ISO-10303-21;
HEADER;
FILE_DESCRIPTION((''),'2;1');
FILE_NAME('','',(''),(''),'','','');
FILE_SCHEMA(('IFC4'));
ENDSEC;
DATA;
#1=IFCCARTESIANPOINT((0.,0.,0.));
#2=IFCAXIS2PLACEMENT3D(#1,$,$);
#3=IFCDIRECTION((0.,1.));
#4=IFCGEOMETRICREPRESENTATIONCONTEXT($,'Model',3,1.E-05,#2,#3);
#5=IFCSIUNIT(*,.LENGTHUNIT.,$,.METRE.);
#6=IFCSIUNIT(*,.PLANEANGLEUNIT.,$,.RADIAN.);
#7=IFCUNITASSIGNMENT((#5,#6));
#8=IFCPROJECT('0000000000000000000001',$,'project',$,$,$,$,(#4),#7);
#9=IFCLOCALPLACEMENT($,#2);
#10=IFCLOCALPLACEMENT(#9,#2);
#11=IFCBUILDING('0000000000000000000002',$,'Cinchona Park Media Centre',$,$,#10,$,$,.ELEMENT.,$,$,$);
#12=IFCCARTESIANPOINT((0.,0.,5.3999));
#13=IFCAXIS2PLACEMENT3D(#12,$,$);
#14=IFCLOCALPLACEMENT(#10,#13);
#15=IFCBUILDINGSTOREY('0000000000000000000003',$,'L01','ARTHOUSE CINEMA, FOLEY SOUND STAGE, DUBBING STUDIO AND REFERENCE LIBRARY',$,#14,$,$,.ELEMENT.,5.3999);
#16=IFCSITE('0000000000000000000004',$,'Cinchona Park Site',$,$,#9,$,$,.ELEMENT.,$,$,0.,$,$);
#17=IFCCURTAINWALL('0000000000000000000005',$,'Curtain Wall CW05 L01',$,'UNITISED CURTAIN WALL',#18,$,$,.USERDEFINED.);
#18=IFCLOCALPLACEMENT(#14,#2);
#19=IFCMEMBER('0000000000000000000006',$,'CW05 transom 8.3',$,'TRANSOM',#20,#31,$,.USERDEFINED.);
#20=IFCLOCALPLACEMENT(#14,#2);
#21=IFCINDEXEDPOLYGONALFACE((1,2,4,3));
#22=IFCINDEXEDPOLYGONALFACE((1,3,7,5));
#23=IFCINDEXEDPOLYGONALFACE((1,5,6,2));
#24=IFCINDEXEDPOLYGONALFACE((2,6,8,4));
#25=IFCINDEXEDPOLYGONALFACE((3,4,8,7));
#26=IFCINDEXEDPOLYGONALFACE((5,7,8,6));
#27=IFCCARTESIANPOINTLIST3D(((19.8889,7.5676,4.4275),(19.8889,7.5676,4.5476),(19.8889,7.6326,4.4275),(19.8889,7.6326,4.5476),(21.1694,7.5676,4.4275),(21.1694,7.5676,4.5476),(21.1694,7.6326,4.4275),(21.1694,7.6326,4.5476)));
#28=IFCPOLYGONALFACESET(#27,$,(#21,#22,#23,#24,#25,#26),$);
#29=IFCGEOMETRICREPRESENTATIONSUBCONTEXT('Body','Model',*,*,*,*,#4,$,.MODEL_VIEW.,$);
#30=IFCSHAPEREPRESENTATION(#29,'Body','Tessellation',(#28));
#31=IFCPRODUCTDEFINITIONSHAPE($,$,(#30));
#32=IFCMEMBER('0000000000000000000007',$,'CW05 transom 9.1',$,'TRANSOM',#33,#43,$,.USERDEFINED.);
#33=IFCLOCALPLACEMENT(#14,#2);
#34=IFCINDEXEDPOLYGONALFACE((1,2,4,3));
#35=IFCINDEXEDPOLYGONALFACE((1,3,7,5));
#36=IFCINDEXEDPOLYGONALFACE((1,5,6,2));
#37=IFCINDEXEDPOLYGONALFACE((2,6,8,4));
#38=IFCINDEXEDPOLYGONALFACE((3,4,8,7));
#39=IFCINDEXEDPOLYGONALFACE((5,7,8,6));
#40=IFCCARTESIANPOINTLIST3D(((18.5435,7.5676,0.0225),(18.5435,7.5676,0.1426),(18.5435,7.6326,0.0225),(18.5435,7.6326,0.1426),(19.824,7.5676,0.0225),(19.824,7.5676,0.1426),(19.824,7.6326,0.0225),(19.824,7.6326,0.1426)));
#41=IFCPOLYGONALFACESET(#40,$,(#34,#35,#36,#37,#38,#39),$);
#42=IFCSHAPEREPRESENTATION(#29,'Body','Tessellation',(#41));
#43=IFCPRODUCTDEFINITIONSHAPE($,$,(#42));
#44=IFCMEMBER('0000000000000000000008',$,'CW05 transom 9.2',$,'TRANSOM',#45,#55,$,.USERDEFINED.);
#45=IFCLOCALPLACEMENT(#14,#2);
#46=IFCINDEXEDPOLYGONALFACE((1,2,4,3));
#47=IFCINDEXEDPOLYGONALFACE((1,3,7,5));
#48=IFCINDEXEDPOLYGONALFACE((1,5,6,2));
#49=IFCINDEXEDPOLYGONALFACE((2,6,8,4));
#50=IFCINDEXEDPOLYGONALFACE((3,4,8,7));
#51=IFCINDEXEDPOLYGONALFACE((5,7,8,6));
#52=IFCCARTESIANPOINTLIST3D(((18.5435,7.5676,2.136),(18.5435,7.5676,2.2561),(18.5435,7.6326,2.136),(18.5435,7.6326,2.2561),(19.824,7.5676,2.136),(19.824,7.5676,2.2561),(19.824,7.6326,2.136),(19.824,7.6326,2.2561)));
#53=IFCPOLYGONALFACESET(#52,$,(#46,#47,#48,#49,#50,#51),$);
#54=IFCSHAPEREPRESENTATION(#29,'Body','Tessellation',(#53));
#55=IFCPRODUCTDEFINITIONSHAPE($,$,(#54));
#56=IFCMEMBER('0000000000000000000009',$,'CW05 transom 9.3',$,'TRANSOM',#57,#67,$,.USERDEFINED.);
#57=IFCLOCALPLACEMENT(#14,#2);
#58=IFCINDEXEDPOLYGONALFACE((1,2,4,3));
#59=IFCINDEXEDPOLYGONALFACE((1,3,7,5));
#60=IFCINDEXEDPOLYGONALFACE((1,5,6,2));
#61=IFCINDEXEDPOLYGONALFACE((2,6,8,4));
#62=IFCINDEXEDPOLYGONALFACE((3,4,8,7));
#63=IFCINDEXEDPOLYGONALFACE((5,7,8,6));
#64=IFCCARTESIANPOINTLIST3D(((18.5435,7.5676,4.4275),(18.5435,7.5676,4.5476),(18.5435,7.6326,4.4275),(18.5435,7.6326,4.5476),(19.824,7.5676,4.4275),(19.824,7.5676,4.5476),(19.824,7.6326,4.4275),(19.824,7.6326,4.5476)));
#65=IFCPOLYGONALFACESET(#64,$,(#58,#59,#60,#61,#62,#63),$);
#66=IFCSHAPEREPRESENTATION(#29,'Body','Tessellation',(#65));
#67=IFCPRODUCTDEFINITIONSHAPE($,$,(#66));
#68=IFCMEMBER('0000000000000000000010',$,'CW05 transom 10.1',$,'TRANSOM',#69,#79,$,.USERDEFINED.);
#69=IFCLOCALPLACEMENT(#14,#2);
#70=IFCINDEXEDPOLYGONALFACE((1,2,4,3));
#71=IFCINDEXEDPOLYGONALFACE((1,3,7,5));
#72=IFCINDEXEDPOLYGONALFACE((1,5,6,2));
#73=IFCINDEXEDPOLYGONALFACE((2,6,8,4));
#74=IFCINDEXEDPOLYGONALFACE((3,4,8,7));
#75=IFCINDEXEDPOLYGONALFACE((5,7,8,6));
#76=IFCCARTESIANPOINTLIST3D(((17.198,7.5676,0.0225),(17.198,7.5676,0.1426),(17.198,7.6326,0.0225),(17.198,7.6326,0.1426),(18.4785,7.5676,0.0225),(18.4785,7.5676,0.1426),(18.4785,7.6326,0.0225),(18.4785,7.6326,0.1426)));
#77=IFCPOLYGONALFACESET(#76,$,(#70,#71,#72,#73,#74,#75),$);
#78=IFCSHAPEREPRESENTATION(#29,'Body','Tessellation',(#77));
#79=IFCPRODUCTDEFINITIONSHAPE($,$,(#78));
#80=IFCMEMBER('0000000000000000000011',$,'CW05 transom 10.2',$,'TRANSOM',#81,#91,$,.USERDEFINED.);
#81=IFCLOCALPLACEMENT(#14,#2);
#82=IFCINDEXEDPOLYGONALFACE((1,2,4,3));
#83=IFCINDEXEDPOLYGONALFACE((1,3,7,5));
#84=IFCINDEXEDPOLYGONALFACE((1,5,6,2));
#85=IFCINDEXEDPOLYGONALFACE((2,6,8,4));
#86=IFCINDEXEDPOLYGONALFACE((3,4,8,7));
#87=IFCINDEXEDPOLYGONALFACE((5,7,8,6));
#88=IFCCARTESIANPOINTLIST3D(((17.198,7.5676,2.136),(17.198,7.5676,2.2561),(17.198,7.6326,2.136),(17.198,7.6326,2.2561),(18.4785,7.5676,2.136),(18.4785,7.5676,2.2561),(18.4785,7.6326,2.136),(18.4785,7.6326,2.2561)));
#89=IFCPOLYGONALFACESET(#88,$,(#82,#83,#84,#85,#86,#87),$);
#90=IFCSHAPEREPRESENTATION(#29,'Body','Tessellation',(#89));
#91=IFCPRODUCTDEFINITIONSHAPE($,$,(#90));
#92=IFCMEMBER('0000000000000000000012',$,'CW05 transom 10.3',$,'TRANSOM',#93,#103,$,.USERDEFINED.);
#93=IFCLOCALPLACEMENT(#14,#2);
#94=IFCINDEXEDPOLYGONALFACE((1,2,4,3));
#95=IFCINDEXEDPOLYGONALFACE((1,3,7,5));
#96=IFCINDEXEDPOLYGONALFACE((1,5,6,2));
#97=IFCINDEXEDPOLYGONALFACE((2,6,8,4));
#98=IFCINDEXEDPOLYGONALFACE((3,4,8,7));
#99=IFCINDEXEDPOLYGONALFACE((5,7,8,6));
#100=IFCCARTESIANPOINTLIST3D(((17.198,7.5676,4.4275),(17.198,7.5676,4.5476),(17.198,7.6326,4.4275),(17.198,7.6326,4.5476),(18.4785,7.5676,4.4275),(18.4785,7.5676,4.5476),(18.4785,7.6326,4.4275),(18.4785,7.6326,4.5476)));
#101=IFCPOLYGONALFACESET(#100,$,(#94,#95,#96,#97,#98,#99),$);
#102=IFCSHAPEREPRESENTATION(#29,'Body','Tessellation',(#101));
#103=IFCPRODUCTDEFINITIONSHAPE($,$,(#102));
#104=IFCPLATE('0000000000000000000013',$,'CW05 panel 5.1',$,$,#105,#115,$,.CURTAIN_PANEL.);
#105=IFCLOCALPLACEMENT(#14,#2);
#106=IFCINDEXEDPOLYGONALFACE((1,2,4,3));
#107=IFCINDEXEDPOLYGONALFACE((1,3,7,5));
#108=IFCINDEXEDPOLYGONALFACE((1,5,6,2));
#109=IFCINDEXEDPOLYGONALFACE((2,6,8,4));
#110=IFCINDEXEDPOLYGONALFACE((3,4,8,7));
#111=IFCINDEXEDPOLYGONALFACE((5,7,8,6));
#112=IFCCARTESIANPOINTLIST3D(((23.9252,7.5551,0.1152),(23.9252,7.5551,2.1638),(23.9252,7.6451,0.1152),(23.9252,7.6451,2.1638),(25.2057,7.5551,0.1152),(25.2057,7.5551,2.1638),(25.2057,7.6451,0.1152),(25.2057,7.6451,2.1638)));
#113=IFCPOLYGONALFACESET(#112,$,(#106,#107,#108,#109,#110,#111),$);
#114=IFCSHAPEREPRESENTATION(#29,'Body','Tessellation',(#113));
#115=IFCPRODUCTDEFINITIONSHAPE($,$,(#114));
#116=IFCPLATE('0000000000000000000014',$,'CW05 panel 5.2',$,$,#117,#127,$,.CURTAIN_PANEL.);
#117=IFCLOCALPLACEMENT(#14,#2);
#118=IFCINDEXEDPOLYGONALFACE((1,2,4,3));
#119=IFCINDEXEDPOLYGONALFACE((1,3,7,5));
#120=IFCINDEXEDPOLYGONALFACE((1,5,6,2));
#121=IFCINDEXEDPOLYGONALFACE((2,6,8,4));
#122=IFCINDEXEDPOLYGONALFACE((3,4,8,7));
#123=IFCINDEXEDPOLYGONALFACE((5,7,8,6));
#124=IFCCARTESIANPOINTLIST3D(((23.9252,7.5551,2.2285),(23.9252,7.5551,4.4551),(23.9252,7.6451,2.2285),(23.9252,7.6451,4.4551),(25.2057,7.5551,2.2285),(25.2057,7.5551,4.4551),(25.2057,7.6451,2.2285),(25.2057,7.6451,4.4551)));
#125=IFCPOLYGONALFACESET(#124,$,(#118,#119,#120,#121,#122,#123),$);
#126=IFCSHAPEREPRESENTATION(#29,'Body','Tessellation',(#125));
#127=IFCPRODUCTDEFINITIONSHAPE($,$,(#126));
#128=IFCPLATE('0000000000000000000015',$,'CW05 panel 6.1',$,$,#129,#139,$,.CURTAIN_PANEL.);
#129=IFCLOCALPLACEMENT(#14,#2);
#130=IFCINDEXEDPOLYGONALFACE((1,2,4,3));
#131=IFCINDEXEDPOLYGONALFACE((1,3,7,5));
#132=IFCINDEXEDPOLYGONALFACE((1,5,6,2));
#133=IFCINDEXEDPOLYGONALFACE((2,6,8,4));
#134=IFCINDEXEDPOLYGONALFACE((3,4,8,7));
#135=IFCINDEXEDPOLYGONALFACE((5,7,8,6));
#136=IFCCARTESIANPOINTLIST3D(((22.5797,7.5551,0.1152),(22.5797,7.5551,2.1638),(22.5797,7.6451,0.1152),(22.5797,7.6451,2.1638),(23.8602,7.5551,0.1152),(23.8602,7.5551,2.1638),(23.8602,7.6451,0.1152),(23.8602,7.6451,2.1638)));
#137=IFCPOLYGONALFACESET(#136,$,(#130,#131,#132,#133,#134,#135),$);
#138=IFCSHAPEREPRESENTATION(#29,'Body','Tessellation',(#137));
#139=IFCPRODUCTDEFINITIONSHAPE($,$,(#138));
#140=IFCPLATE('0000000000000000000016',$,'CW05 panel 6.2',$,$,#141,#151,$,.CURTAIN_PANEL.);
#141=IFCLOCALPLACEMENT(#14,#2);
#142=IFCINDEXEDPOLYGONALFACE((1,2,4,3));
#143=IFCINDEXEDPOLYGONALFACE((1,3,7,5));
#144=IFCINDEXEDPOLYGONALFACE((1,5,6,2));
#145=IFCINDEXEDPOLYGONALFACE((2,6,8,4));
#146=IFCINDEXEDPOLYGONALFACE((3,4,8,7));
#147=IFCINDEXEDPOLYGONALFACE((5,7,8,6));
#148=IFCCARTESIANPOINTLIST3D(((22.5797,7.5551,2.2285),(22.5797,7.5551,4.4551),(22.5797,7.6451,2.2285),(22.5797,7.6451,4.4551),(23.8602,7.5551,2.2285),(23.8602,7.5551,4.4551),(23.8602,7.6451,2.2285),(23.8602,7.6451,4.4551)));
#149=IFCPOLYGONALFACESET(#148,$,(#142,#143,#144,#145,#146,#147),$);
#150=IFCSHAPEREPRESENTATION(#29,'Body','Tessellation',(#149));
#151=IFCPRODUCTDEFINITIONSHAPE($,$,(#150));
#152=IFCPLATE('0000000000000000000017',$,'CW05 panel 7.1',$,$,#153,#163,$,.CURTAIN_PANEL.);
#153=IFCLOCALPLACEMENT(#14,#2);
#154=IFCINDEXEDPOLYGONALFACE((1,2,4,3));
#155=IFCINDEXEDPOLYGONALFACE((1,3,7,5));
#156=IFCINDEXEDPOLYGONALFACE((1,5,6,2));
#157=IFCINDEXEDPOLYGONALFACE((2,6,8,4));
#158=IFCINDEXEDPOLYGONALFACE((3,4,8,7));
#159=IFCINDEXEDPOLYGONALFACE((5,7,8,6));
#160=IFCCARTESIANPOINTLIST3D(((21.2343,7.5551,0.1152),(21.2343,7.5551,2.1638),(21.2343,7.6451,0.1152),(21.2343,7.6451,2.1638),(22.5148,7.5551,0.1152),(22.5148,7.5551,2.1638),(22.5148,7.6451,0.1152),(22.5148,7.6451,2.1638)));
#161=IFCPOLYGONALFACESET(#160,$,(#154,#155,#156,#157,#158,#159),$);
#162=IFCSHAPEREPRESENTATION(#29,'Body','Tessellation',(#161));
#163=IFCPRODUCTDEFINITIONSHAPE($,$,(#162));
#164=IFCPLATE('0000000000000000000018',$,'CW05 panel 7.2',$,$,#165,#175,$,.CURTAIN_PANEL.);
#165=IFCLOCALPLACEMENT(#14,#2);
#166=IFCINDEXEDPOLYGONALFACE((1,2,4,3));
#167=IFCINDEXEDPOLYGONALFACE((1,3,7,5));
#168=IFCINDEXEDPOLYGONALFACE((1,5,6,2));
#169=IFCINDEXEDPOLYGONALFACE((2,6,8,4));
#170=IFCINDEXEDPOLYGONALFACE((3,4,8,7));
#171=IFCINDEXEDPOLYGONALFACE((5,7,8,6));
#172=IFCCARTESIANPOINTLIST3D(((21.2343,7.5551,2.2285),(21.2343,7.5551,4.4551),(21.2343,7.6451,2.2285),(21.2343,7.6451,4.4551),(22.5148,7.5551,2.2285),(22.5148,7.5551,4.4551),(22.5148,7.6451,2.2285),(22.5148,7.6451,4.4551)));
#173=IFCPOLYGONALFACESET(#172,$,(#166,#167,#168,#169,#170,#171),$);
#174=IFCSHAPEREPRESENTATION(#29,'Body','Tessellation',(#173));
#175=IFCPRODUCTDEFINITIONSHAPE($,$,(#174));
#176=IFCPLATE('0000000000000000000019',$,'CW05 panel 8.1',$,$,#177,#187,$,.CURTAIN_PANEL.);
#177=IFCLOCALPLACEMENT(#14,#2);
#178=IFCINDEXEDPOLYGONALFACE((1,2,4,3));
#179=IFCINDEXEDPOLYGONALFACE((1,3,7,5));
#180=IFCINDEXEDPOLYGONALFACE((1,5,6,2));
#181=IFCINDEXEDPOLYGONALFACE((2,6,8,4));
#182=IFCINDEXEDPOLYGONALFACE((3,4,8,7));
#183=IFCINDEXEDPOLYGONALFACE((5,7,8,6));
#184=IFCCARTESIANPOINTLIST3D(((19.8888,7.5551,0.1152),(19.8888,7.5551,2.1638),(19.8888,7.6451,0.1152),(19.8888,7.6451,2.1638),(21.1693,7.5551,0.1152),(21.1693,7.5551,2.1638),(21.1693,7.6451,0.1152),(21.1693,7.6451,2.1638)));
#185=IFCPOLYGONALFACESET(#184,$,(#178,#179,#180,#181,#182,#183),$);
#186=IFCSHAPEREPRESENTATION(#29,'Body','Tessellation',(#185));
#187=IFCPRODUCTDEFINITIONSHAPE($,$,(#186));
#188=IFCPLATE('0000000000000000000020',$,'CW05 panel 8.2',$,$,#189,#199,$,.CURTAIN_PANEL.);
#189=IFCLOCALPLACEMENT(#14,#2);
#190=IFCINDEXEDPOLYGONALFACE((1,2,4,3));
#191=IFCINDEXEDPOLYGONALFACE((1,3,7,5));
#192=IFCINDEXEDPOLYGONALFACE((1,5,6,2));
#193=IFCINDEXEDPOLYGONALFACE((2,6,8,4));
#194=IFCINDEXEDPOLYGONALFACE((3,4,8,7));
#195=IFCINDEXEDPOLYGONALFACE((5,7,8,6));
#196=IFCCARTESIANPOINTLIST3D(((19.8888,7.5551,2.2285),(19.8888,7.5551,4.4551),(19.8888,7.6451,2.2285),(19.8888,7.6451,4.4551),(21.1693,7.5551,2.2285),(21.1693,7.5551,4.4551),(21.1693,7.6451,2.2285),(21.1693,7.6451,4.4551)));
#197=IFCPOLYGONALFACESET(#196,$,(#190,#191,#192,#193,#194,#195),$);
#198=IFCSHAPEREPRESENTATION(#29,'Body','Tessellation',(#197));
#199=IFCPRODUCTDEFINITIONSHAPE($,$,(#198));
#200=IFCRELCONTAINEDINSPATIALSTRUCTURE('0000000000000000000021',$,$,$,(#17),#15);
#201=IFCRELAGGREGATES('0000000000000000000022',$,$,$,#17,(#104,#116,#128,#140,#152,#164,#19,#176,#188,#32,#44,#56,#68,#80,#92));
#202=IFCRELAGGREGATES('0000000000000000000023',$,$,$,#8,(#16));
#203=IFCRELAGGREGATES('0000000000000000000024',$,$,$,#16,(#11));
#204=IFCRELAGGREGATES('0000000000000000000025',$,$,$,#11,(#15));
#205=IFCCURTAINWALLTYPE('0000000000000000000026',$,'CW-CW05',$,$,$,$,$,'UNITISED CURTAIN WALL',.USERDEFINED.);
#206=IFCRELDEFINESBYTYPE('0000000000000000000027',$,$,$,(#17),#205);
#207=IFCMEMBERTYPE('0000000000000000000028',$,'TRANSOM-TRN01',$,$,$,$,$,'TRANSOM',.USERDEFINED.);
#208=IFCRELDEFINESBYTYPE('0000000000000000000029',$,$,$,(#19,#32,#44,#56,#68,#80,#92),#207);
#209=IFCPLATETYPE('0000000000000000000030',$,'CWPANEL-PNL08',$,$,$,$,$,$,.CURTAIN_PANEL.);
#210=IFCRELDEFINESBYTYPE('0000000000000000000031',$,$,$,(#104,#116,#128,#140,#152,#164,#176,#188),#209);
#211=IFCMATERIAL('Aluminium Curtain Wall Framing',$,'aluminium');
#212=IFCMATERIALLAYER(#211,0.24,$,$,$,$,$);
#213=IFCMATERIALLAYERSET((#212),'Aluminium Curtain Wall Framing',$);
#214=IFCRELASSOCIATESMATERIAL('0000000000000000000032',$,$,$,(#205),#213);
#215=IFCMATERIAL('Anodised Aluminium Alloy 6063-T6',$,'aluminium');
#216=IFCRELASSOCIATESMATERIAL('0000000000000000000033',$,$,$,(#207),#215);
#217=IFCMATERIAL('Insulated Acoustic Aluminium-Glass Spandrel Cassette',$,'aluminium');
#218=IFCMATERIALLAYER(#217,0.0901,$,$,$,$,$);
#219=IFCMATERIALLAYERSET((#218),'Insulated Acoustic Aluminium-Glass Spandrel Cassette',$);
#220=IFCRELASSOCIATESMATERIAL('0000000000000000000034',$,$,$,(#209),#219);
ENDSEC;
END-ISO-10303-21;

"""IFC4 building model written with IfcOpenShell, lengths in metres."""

from ifc_helpers import new_model, si_unit, direction, frame, origin, origin_2d, place, context, subcontext, project, spatial, rectangle, extrude, material, layer, layer_set, material_profile, profile_set, type_object, element, aggregate, save


model = new_model("IFC4")

# Units and contexts
model_context = context("Model", 3, precision=1e-05, world=origin(), true_north=direction((0.0, 1.0)))
body_context = subcontext(model_context, "Body", "Model", "MODEL_VIEW")
ifc_project = project(units=[si_unit("LENGTHUNIT", "METRE"), si_unit("PLANEANGLEUNIT", "RADIAN")], contexts=[model_context])

# Site, building, storey
site_placement = place(None, origin())
site = spatial("IfcSite", under=ifc_project, at=site_placement, Name="Cinchona Park Site", CompositionType="ELEMENT", RefElevation=0.0)
building_placement = place(site_placement, origin())
building = spatial("IfcBuilding", under=site, at=building_placement, Name="Cinchona Park Media Centre", CompositionType="ELEMENT")
storey_placement = place(building_placement, frame((0.0, 0.0, 5.3999)))
storey = spatial("IfcBuildingStorey", under=building, at=storey_placement, Name="L01", Description="ARTHOUSE CINEMA, FOLEY SOUND STAGE, DUBBING STUDIO AND REFERENCE LIBRARY", CompositionType="ELEMENT", Elevation=5.3999)

# Curtain wall, members, plates
ifc_material_1 = material(Name="Aluminium Curtain Wall Framing", Category="aluminium")
ifc_layer_1 = layer(ifc_material_1, 0.24)
ifc_layer_set_1 = layer_set([ifc_layer_1], Name="Aluminium Curtain Wall Framing")
curtain_wall_type = type_object("IfcCurtainWallType", Name="CW-CW05", ElementType="UNITISED CURTAIN WALL", PredefinedType="USERDEFINED", material=ifc_layer_set_1)
curtain_wall_placement = place(storey_placement, origin())
curtain_wall = element("IfcCurtainWall", 1, at=curtain_wall_placement, inside=storey, type_object=curtain_wall_type, Name="Curtain Wall CW05 L01", ObjectType="UNITISED CURTAIN WALL", PredefinedType="USERDEFINED")
ifc_material_2 = material(Name="Anodised Aluminium Alloy 6063-T6", Category="aluminium")
ifc_material_profile_1 = material_profile(ifc_material_2, rectangle(XDim=0.0649, YDim=0.1201, at=origin_2d()), Name="TRN-65X120")
ifc_profile_set_1 = profile_set([ifc_material_profile_1], Name="Anodised Aluminium Alloy 6063-T6")
member_type_1 = type_object("IfcMemberType", Name="TRANSOM-TRN01", ElementType="TRANSOM", PredefinedType="USERDEFINED", material=ifc_profile_set_1)
member_1_placement = place(storey_placement, frame((21.1694, 7.6001, 4.4875), z_axis=(-1.0, 0.0, 0.0), x_axis=(0.0, -1.0, 0.0)))
member_1 = element("IfcMember", 2, at=member_1_placement, type_object=member_type_1, Name="CW05 transom 8.3", ObjectType="TRANSOM", PredefinedType="USERDEFINED", context=body_context, shape_type="SweptSolid", body=[
    extrude(rectangle(XDim=0.0649, YDim=0.1201, at=origin_2d()), origin(), (0.0, 0.0, 1.0), 1.2805),
])
member_2_placement = place(storey_placement, frame((19.824, 7.6001, 0.0825), z_axis=(-1.0, 0.0, 0.0), x_axis=(0.0, -1.0, 0.0)))
member_2 = element("IfcMember", 3, at=member_2_placement, type_object=member_type_1, Name="CW05 transom 9.1", ObjectType="TRANSOM", PredefinedType="USERDEFINED", context=body_context, shape_type="SweptSolid", body=[
    extrude(rectangle(XDim=0.0649, YDim=0.1201, at=origin_2d()), origin(), (0.0, 0.0, 1.0), 1.2805),
])
member_3_placement = place(storey_placement, frame((19.824, 7.6001, 2.196), z_axis=(-1.0, 0.0, 0.0), x_axis=(0.0, -1.0, 0.0)))
member_3 = element("IfcMember", 4, at=member_3_placement, type_object=member_type_1, Name="CW05 transom 9.2", ObjectType="TRANSOM", PredefinedType="USERDEFINED", context=body_context, shape_type="SweptSolid", body=[
    extrude(rectangle(XDim=0.0649, YDim=0.1201, at=origin_2d()), origin(), (0.0, 0.0, 1.0), 1.2805),
])
member_4_placement = place(storey_placement, frame((19.824, 7.6001, 4.4875), z_axis=(-1.0, 0.0, 0.0), x_axis=(0.0, -1.0, 0.0)))
member_4 = element("IfcMember", 5, at=member_4_placement, type_object=member_type_1, Name="CW05 transom 9.3", ObjectType="TRANSOM", PredefinedType="USERDEFINED", context=body_context, shape_type="SweptSolid", body=[
    extrude(rectangle(XDim=0.0649, YDim=0.1201, at=origin_2d()), origin(), (0.0, 0.0, 1.0), 1.2805),
])
member_5_placement = place(storey_placement, frame((18.4785, 7.6001, 0.0825), z_axis=(-1.0, 0.0, 0.0), x_axis=(0.0, -1.0, 0.0)))
member_5 = element("IfcMember", 6, at=member_5_placement, type_object=member_type_1, Name="CW05 transom 10.1", ObjectType="TRANSOM", PredefinedType="USERDEFINED", context=body_context, shape_type="SweptSolid", body=[
    extrude(rectangle(XDim=0.0649, YDim=0.1201, at=origin_2d()), origin(), (0.0, 0.0, 1.0), 1.2805),
])
member_6_placement = place(storey_placement, frame((18.4785, 7.6001, 2.196), z_axis=(-1.0, 0.0, 0.0), x_axis=(0.0, -1.0, 0.0)))
member_6 = element("IfcMember", 7, at=member_6_placement, type_object=member_type_1, Name="CW05 transom 10.2", ObjectType="TRANSOM", PredefinedType="USERDEFINED", context=body_context, shape_type="SweptSolid", body=[
    extrude(rectangle(XDim=0.0649, YDim=0.1201, at=origin_2d()), origin(), (0.0, 0.0, 1.0), 1.2805),
])
member_7_placement = place(storey_placement, frame((18.4785, 7.6001, 4.4875), z_axis=(-1.0, 0.0, 0.0), x_axis=(0.0, -1.0, 0.0)))
member_7 = element("IfcMember", 8, at=member_7_placement, type_object=member_type_1, Name="CW05 transom 10.3", ObjectType="TRANSOM", PredefinedType="USERDEFINED", context=body_context, shape_type="SweptSolid", body=[
    extrude(rectangle(XDim=0.0649, YDim=0.1201, at=origin_2d()), origin(), (0.0, 0.0, 1.0), 1.2805),
])
ifc_material_3 = material(Name="Insulated Acoustic Aluminium-Glass Spandrel Cassette", Category="aluminium")
ifc_layer_2 = layer(ifc_material_3, 0.0901)
ifc_layer_set_2 = layer_set([ifc_layer_2], Name="Insulated Acoustic Aluminium-Glass Spandrel Cassette")
plate_type = type_object("IfcPlateType", Name="CWPANEL-PNL08", PredefinedType="CURTAIN_PANEL", material=ifc_layer_set_2)
plate_1_placement = place(storey_placement, frame((24.5654, 7.6001, 0.1152), z_axis=(0.0, 0.0, 1.0), x_axis=(-1.0, 0.0, 0.0)))
plate_1 = element("IfcPlate", 9, at=plate_1_placement, type_object=plate_type, Name="CW05 panel 5.1", PredefinedType="CURTAIN_PANEL", context=body_context, shape_type="SweptSolid", body=[
    extrude(rectangle(XDim=1.2805, YDim=0.0901, at=origin_2d()), origin(), (0.0, 0.0, 1.0), 2.0486),
])
plate_2_placement = place(storey_placement, frame((24.5654, 7.6001, 2.2285), z_axis=(0.0, 0.0, 1.0), x_axis=(-1.0, 0.0, 0.0)))
plate_2 = element("IfcPlate", 10, at=plate_2_placement, type_object=plate_type, Name="CW05 panel 5.2", PredefinedType="CURTAIN_PANEL", context=body_context, shape_type="SweptSolid", body=[
    extrude(rectangle(XDim=1.2805, YDim=0.0901, at=origin_2d()), origin(), (0.0, 0.0, 1.0), 2.2266),
])
plate_3_placement = place(storey_placement, frame((23.22, 7.6001, 0.1152), z_axis=(0.0, 0.0, 1.0), x_axis=(-1.0, 0.0, 0.0)))
plate_3 = element("IfcPlate", 11, at=plate_3_placement, type_object=plate_type, Name="CW05 panel 6.1", PredefinedType="CURTAIN_PANEL", context=body_context, shape_type="SweptSolid", body=[
    extrude(rectangle(XDim=1.2805, YDim=0.0901, at=origin_2d()), origin(), (0.0, 0.0, 1.0), 2.0486),
])
plate_4_placement = place(storey_placement, frame((23.22, 7.6001, 2.2285), z_axis=(0.0, 0.0, 1.0), x_axis=(-1.0, 0.0, 0.0)))
plate_4 = element("IfcPlate", 12, at=plate_4_placement, type_object=plate_type, Name="CW05 panel 6.2", PredefinedType="CURTAIN_PANEL", context=body_context, shape_type="SweptSolid", body=[
    extrude(rectangle(XDim=1.2805, YDim=0.0901, at=origin_2d()), origin(), (0.0, 0.0, 1.0), 2.2266),
])
plate_5_placement = place(storey_placement, frame((21.8745, 7.6001, 0.1152), z_axis=(0.0, 0.0, 1.0), x_axis=(-1.0, 0.0, 0.0)))
plate_5 = element("IfcPlate", 13, at=plate_5_placement, type_object=plate_type, Name="CW05 panel 7.1", PredefinedType="CURTAIN_PANEL", context=body_context, shape_type="SweptSolid", body=[
    extrude(rectangle(XDim=1.2805, YDim=0.0901, at=origin_2d()), origin(), (0.0, 0.0, 1.0), 2.0486),
])
plate_6_placement = place(storey_placement, frame((21.8745, 7.6001, 2.2285), z_axis=(0.0, 0.0, 1.0), x_axis=(-1.0, 0.0, 0.0)))
plate_6 = element("IfcPlate", 14, at=plate_6_placement, type_object=plate_type, Name="CW05 panel 7.2", PredefinedType="CURTAIN_PANEL", context=body_context, shape_type="SweptSolid", body=[
    extrude(rectangle(XDim=1.2805, YDim=0.0901, at=origin_2d()), origin(), (0.0, 0.0, 1.0), 2.2266),
])
plate_7_placement = place(storey_placement, frame((20.5291, 7.6001, 0.1152), z_axis=(0.0, 0.0, 1.0), x_axis=(-1.0, 0.0, 0.0)))
plate_7 = element("IfcPlate", 15, at=plate_7_placement, type_object=plate_type, Name="CW05 panel 8.1", PredefinedType="CURTAIN_PANEL", context=body_context, shape_type="SweptSolid", body=[
    extrude(rectangle(XDim=1.2805, YDim=0.0901, at=origin_2d()), origin(), (0.0, 0.0, 1.0), 2.0486),
])
plate_8_placement = place(storey_placement, frame((20.5291, 7.6001, 2.2285), z_axis=(0.0, 0.0, 1.0), x_axis=(-1.0, 0.0, 0.0)))
plate_8 = element("IfcPlate", 16, at=plate_8_placement, type_object=plate_type, Name="CW05 panel 8.2", PredefinedType="CURTAIN_PANEL", context=body_context, shape_type="SweptSolid", body=[
    extrude(rectangle(XDim=1.2805, YDim=0.0901, at=origin_2d()), origin(), (0.0, 0.0, 1.0), 2.2266),
])
aggregate(curtain_wall, [plate_1, plate_2, plate_3, plate_4, plate_5, plate_6, member_1, plate_7, plate_8, member_2, member_3, member_4, member_5, member_6, member_7])

save(model, "model.ifc")
